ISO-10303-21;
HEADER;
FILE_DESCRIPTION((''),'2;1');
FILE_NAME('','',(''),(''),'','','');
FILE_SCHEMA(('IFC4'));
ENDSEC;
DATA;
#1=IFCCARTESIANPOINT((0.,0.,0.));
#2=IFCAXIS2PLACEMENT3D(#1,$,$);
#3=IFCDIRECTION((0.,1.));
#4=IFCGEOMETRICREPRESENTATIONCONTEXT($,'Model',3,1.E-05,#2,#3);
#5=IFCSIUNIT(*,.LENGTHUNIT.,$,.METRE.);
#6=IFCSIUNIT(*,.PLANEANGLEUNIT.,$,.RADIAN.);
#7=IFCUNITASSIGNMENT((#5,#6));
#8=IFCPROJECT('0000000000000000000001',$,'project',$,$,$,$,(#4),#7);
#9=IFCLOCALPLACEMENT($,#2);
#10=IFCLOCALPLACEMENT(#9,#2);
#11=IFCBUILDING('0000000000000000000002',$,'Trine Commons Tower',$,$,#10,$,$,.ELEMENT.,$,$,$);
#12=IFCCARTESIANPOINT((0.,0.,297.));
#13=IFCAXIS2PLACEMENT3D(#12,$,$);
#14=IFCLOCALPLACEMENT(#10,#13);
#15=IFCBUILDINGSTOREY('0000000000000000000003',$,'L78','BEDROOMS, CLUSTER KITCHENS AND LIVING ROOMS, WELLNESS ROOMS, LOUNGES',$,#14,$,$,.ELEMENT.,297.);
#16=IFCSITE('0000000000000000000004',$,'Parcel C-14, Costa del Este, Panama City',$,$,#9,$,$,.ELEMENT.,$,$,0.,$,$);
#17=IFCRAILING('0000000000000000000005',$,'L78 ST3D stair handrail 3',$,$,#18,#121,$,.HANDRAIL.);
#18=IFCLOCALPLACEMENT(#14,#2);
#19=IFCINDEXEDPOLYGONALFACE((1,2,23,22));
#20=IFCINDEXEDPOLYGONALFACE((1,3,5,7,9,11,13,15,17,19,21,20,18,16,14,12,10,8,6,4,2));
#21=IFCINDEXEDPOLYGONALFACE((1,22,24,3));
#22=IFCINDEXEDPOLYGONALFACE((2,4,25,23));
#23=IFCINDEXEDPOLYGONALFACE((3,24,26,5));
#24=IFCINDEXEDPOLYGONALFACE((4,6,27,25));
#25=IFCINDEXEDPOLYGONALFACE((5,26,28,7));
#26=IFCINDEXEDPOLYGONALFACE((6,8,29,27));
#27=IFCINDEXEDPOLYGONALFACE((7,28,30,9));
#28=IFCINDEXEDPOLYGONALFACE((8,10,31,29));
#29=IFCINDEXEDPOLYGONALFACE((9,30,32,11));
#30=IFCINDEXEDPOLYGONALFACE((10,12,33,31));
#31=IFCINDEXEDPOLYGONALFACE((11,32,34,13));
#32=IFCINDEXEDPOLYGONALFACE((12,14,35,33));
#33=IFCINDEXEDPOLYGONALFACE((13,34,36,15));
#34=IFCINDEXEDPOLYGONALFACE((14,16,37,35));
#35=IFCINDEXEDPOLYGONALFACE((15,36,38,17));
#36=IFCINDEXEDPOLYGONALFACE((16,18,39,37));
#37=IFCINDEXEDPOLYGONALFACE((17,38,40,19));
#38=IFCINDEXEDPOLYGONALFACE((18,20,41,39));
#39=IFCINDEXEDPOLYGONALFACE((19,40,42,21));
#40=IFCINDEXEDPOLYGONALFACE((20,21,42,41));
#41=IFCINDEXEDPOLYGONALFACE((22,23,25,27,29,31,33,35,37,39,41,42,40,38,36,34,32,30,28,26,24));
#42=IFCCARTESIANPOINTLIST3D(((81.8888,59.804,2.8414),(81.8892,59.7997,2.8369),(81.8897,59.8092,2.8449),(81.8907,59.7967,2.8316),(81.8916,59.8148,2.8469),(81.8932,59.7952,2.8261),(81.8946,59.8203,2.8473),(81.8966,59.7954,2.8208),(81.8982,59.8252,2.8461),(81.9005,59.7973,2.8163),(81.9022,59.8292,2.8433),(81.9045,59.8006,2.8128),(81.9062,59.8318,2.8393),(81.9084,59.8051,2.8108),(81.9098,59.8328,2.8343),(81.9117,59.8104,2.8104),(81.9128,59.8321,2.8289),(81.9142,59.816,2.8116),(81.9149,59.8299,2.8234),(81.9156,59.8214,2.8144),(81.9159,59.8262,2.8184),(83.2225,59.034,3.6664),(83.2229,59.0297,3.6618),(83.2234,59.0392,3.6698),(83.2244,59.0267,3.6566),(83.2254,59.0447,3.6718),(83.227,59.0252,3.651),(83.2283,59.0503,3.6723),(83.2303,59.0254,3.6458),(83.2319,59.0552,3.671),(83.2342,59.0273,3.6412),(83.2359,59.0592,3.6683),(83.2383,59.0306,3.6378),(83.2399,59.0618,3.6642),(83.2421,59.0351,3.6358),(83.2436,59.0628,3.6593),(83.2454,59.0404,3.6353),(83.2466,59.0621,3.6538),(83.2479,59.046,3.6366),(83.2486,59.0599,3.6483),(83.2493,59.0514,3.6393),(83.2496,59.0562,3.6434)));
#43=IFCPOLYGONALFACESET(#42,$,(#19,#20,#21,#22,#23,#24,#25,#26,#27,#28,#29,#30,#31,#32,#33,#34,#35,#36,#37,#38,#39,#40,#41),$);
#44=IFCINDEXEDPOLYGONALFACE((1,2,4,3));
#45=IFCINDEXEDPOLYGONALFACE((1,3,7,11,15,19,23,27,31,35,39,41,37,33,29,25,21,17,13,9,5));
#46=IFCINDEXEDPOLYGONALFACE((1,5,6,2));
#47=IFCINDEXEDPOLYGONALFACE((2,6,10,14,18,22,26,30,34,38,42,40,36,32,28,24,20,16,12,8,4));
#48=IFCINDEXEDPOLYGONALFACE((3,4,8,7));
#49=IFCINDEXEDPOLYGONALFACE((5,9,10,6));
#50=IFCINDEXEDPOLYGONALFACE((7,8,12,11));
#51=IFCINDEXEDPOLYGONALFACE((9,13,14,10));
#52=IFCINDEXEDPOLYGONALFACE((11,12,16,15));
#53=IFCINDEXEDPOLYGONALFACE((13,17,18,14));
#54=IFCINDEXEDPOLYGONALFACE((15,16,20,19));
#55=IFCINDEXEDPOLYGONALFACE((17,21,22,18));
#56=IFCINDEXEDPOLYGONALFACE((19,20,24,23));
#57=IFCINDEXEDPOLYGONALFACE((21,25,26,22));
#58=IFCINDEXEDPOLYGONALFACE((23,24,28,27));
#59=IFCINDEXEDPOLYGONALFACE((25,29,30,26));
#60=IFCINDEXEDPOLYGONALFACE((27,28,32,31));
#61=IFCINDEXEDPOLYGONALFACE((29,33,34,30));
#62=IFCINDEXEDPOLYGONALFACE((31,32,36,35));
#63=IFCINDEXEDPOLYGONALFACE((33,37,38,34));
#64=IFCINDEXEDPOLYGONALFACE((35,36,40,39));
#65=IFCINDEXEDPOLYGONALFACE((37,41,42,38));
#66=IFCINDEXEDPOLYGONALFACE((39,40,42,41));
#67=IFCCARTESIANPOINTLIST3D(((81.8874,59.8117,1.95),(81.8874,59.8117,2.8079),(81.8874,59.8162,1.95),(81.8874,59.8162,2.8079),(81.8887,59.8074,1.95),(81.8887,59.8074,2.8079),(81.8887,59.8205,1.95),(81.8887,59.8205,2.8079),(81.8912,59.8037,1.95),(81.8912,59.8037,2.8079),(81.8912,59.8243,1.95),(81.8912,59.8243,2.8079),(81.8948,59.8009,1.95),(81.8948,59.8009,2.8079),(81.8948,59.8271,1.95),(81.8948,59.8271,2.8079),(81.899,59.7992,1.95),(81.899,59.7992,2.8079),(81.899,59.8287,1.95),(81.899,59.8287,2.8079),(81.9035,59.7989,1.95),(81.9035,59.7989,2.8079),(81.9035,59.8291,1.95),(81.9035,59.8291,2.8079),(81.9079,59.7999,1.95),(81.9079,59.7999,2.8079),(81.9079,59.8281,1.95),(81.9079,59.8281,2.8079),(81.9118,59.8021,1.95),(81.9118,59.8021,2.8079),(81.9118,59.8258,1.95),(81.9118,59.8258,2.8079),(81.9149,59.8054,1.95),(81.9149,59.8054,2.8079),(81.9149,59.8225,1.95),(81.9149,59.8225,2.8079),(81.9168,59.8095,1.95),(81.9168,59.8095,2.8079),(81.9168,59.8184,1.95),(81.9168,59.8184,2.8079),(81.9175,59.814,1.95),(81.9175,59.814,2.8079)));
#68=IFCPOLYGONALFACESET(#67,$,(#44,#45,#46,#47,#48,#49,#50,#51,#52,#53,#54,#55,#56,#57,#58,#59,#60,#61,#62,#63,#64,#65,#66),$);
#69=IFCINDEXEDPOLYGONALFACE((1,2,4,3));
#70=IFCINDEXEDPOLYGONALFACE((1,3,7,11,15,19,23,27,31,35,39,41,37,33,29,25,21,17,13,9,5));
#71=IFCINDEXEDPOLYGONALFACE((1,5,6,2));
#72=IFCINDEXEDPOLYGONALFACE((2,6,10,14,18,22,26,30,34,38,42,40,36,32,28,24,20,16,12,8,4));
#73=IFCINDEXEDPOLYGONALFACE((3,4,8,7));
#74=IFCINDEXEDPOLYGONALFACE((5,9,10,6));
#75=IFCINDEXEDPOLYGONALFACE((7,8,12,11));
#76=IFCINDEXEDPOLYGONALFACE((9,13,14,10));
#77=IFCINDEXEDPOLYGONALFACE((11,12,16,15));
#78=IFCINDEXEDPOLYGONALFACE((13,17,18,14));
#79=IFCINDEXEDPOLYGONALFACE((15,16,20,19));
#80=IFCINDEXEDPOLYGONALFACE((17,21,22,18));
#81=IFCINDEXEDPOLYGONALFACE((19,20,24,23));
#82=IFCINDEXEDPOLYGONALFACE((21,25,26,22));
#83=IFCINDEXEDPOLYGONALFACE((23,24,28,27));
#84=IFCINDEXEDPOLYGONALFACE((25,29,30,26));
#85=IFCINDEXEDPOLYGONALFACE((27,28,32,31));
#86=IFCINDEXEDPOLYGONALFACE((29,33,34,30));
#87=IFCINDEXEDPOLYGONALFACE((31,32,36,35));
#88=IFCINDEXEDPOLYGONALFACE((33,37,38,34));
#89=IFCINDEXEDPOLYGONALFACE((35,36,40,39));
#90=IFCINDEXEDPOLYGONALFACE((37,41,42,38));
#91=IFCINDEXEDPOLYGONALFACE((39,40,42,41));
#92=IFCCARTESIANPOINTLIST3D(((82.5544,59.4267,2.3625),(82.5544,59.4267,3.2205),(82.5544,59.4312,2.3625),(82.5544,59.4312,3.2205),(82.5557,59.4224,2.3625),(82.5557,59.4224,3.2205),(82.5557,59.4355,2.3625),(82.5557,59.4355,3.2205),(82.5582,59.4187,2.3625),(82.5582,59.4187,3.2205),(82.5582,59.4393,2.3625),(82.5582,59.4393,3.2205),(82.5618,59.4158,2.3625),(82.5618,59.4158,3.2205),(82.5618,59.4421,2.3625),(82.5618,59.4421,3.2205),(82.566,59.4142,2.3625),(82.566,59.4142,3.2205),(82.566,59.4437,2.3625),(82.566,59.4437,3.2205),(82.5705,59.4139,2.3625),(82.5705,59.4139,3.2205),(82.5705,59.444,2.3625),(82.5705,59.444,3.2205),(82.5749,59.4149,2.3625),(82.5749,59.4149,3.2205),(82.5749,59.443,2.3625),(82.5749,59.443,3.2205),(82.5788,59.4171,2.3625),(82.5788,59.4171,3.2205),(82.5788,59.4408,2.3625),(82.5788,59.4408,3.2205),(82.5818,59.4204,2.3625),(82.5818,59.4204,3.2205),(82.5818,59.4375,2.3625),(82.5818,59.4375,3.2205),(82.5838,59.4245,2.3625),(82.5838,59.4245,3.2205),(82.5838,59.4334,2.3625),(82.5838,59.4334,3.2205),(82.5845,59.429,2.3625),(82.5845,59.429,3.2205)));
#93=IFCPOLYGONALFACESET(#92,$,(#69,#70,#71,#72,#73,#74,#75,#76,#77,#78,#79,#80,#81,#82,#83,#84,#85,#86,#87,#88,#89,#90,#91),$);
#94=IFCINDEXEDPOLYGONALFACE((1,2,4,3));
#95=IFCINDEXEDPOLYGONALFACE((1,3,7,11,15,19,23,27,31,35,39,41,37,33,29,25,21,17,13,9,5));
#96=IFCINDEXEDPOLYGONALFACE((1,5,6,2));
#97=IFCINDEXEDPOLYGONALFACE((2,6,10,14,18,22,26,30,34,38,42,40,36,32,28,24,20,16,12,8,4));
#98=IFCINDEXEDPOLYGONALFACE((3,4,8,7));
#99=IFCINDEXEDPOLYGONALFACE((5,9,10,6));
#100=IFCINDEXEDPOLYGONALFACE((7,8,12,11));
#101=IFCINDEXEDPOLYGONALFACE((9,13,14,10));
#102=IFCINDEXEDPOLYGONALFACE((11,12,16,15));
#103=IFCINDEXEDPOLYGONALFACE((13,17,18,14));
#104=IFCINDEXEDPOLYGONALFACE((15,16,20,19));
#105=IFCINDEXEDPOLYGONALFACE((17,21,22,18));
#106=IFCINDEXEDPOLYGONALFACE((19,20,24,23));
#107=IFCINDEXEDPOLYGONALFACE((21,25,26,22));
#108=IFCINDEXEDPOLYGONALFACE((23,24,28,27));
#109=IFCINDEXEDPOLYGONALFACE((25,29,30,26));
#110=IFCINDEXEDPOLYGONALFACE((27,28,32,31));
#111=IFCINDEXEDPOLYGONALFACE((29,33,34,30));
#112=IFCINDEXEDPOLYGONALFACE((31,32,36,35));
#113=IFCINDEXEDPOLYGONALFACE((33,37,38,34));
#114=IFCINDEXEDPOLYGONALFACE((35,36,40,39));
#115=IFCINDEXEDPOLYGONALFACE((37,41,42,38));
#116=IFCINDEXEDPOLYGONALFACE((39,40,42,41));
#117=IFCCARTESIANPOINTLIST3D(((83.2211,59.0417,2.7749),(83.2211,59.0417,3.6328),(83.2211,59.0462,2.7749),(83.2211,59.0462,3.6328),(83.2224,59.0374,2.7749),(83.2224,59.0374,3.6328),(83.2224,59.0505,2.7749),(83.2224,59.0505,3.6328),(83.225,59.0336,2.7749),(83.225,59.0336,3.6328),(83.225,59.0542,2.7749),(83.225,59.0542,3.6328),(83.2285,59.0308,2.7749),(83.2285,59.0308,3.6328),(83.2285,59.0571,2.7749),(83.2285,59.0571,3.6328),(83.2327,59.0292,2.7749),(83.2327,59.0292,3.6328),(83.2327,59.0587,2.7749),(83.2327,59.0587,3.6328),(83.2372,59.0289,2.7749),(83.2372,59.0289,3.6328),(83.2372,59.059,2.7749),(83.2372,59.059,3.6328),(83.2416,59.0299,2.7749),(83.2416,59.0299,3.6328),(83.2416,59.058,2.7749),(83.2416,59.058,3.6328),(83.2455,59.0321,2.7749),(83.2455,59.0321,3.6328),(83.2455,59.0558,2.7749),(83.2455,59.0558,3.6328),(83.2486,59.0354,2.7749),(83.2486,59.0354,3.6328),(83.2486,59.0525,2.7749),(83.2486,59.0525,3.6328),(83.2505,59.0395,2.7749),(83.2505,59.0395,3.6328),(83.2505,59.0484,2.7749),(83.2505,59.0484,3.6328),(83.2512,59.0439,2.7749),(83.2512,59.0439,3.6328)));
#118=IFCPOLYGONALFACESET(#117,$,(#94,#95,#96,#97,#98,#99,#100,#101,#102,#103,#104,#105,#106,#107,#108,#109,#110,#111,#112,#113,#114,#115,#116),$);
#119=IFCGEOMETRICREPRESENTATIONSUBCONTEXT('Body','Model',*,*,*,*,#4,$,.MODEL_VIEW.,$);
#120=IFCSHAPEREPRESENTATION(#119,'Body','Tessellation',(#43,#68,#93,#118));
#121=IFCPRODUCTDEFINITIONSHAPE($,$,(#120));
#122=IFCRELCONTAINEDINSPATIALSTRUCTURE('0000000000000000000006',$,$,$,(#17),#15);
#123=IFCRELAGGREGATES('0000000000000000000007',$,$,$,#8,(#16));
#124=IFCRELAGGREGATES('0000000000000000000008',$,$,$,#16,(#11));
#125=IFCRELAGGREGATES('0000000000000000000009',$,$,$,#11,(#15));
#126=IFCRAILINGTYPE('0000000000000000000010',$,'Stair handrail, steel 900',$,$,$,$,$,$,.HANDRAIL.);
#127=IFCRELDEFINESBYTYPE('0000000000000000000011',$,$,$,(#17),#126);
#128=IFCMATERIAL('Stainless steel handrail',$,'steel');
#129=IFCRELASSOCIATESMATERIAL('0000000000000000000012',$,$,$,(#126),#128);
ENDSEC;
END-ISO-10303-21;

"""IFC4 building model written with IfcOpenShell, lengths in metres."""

from ifc_helpers import new_model, si_unit, direction, frame, origin, origin_2d, place, context, subcontext, project, spatial, circle, extrude, material, type_object, element, save


model = new_model("IFC4")

# Units and contexts
model_context = context("Model", 3, precision=1e-05, world=origin(), true_north=direction((0.0, 1.0)))
body_context = subcontext(model_context, "Body", "Model", "MODEL_VIEW")
ifc_project = project(units=[si_unit("LENGTHUNIT", "METRE"), si_unit("PLANEANGLEUNIT", "RADIAN")], contexts=[model_context])

# Site, building, storey
site_placement = place(None, origin())
site = spatial("IfcSite", under=ifc_project, at=site_placement, Name="Parcel C-14, Costa del Este, Panama City", CompositionType="ELEMENT", RefElevation=0.0)
building_placement = place(site_placement, origin())
building = spatial("IfcBuilding", under=site, at=building_placement, Name="Trine Commons Tower", CompositionType="ELEMENT")
storey_placement = place(building_placement, frame((0.0, 0.0, 297.0)))
storey = spatial("IfcBuildingStorey", under=building, at=storey_placement, Name="L78", Description="BEDROOMS, CLUSTER KITCHENS AND LIVING ROOMS, WELLNESS ROOMS, LOUNGES", CompositionType="ELEMENT", Elevation=297.0)

# Railing
ifc_material_1 = material(Name="Stainless steel handrail", Category="steel")
railing_type_1 = type_object("IfcRailingType", Name="Stair handrail, steel 900", PredefinedType="HANDRAIL", material=ifc_material_1)
railing_1_placement = place(storey_placement, frame((81.9023, 59.814, 1.95)))
element("IfcRailing", 1, at=railing_1_placement, inside=storey, type_object=railing_type_1, Name="L78 ST3D stair handrail 3", PredefinedType="HANDRAIL", context=body_context, shape_type="SweptSolid", body=[
    extrude(circle(Radius=0.021, at=origin_2d()), frame((0.0, 0.0, 0.8789), z_axis=(0.763405, -0.440743, 0.472185), x_axis=(0.499992, 0.86603, 0.0)), (0.0, 0.0, 1.0), 1.7471),
    extrude(circle(Radius=0.0151, at=origin_2d()), origin(), (0.0, 0.0, 1.0), 0.8579),
    extrude(circle(Radius=0.0151, at=origin_2d()), frame((0.667, -0.385, 0.4126)), (0.0, 0.0, 1.0), 0.8579),
    extrude(circle(Radius=0.0151, at=origin_2d()), frame((1.3337, -0.77, 0.825)), (0.0, 0.0, 1.0), 0.8579),
])

save(model, "model.ifc")
